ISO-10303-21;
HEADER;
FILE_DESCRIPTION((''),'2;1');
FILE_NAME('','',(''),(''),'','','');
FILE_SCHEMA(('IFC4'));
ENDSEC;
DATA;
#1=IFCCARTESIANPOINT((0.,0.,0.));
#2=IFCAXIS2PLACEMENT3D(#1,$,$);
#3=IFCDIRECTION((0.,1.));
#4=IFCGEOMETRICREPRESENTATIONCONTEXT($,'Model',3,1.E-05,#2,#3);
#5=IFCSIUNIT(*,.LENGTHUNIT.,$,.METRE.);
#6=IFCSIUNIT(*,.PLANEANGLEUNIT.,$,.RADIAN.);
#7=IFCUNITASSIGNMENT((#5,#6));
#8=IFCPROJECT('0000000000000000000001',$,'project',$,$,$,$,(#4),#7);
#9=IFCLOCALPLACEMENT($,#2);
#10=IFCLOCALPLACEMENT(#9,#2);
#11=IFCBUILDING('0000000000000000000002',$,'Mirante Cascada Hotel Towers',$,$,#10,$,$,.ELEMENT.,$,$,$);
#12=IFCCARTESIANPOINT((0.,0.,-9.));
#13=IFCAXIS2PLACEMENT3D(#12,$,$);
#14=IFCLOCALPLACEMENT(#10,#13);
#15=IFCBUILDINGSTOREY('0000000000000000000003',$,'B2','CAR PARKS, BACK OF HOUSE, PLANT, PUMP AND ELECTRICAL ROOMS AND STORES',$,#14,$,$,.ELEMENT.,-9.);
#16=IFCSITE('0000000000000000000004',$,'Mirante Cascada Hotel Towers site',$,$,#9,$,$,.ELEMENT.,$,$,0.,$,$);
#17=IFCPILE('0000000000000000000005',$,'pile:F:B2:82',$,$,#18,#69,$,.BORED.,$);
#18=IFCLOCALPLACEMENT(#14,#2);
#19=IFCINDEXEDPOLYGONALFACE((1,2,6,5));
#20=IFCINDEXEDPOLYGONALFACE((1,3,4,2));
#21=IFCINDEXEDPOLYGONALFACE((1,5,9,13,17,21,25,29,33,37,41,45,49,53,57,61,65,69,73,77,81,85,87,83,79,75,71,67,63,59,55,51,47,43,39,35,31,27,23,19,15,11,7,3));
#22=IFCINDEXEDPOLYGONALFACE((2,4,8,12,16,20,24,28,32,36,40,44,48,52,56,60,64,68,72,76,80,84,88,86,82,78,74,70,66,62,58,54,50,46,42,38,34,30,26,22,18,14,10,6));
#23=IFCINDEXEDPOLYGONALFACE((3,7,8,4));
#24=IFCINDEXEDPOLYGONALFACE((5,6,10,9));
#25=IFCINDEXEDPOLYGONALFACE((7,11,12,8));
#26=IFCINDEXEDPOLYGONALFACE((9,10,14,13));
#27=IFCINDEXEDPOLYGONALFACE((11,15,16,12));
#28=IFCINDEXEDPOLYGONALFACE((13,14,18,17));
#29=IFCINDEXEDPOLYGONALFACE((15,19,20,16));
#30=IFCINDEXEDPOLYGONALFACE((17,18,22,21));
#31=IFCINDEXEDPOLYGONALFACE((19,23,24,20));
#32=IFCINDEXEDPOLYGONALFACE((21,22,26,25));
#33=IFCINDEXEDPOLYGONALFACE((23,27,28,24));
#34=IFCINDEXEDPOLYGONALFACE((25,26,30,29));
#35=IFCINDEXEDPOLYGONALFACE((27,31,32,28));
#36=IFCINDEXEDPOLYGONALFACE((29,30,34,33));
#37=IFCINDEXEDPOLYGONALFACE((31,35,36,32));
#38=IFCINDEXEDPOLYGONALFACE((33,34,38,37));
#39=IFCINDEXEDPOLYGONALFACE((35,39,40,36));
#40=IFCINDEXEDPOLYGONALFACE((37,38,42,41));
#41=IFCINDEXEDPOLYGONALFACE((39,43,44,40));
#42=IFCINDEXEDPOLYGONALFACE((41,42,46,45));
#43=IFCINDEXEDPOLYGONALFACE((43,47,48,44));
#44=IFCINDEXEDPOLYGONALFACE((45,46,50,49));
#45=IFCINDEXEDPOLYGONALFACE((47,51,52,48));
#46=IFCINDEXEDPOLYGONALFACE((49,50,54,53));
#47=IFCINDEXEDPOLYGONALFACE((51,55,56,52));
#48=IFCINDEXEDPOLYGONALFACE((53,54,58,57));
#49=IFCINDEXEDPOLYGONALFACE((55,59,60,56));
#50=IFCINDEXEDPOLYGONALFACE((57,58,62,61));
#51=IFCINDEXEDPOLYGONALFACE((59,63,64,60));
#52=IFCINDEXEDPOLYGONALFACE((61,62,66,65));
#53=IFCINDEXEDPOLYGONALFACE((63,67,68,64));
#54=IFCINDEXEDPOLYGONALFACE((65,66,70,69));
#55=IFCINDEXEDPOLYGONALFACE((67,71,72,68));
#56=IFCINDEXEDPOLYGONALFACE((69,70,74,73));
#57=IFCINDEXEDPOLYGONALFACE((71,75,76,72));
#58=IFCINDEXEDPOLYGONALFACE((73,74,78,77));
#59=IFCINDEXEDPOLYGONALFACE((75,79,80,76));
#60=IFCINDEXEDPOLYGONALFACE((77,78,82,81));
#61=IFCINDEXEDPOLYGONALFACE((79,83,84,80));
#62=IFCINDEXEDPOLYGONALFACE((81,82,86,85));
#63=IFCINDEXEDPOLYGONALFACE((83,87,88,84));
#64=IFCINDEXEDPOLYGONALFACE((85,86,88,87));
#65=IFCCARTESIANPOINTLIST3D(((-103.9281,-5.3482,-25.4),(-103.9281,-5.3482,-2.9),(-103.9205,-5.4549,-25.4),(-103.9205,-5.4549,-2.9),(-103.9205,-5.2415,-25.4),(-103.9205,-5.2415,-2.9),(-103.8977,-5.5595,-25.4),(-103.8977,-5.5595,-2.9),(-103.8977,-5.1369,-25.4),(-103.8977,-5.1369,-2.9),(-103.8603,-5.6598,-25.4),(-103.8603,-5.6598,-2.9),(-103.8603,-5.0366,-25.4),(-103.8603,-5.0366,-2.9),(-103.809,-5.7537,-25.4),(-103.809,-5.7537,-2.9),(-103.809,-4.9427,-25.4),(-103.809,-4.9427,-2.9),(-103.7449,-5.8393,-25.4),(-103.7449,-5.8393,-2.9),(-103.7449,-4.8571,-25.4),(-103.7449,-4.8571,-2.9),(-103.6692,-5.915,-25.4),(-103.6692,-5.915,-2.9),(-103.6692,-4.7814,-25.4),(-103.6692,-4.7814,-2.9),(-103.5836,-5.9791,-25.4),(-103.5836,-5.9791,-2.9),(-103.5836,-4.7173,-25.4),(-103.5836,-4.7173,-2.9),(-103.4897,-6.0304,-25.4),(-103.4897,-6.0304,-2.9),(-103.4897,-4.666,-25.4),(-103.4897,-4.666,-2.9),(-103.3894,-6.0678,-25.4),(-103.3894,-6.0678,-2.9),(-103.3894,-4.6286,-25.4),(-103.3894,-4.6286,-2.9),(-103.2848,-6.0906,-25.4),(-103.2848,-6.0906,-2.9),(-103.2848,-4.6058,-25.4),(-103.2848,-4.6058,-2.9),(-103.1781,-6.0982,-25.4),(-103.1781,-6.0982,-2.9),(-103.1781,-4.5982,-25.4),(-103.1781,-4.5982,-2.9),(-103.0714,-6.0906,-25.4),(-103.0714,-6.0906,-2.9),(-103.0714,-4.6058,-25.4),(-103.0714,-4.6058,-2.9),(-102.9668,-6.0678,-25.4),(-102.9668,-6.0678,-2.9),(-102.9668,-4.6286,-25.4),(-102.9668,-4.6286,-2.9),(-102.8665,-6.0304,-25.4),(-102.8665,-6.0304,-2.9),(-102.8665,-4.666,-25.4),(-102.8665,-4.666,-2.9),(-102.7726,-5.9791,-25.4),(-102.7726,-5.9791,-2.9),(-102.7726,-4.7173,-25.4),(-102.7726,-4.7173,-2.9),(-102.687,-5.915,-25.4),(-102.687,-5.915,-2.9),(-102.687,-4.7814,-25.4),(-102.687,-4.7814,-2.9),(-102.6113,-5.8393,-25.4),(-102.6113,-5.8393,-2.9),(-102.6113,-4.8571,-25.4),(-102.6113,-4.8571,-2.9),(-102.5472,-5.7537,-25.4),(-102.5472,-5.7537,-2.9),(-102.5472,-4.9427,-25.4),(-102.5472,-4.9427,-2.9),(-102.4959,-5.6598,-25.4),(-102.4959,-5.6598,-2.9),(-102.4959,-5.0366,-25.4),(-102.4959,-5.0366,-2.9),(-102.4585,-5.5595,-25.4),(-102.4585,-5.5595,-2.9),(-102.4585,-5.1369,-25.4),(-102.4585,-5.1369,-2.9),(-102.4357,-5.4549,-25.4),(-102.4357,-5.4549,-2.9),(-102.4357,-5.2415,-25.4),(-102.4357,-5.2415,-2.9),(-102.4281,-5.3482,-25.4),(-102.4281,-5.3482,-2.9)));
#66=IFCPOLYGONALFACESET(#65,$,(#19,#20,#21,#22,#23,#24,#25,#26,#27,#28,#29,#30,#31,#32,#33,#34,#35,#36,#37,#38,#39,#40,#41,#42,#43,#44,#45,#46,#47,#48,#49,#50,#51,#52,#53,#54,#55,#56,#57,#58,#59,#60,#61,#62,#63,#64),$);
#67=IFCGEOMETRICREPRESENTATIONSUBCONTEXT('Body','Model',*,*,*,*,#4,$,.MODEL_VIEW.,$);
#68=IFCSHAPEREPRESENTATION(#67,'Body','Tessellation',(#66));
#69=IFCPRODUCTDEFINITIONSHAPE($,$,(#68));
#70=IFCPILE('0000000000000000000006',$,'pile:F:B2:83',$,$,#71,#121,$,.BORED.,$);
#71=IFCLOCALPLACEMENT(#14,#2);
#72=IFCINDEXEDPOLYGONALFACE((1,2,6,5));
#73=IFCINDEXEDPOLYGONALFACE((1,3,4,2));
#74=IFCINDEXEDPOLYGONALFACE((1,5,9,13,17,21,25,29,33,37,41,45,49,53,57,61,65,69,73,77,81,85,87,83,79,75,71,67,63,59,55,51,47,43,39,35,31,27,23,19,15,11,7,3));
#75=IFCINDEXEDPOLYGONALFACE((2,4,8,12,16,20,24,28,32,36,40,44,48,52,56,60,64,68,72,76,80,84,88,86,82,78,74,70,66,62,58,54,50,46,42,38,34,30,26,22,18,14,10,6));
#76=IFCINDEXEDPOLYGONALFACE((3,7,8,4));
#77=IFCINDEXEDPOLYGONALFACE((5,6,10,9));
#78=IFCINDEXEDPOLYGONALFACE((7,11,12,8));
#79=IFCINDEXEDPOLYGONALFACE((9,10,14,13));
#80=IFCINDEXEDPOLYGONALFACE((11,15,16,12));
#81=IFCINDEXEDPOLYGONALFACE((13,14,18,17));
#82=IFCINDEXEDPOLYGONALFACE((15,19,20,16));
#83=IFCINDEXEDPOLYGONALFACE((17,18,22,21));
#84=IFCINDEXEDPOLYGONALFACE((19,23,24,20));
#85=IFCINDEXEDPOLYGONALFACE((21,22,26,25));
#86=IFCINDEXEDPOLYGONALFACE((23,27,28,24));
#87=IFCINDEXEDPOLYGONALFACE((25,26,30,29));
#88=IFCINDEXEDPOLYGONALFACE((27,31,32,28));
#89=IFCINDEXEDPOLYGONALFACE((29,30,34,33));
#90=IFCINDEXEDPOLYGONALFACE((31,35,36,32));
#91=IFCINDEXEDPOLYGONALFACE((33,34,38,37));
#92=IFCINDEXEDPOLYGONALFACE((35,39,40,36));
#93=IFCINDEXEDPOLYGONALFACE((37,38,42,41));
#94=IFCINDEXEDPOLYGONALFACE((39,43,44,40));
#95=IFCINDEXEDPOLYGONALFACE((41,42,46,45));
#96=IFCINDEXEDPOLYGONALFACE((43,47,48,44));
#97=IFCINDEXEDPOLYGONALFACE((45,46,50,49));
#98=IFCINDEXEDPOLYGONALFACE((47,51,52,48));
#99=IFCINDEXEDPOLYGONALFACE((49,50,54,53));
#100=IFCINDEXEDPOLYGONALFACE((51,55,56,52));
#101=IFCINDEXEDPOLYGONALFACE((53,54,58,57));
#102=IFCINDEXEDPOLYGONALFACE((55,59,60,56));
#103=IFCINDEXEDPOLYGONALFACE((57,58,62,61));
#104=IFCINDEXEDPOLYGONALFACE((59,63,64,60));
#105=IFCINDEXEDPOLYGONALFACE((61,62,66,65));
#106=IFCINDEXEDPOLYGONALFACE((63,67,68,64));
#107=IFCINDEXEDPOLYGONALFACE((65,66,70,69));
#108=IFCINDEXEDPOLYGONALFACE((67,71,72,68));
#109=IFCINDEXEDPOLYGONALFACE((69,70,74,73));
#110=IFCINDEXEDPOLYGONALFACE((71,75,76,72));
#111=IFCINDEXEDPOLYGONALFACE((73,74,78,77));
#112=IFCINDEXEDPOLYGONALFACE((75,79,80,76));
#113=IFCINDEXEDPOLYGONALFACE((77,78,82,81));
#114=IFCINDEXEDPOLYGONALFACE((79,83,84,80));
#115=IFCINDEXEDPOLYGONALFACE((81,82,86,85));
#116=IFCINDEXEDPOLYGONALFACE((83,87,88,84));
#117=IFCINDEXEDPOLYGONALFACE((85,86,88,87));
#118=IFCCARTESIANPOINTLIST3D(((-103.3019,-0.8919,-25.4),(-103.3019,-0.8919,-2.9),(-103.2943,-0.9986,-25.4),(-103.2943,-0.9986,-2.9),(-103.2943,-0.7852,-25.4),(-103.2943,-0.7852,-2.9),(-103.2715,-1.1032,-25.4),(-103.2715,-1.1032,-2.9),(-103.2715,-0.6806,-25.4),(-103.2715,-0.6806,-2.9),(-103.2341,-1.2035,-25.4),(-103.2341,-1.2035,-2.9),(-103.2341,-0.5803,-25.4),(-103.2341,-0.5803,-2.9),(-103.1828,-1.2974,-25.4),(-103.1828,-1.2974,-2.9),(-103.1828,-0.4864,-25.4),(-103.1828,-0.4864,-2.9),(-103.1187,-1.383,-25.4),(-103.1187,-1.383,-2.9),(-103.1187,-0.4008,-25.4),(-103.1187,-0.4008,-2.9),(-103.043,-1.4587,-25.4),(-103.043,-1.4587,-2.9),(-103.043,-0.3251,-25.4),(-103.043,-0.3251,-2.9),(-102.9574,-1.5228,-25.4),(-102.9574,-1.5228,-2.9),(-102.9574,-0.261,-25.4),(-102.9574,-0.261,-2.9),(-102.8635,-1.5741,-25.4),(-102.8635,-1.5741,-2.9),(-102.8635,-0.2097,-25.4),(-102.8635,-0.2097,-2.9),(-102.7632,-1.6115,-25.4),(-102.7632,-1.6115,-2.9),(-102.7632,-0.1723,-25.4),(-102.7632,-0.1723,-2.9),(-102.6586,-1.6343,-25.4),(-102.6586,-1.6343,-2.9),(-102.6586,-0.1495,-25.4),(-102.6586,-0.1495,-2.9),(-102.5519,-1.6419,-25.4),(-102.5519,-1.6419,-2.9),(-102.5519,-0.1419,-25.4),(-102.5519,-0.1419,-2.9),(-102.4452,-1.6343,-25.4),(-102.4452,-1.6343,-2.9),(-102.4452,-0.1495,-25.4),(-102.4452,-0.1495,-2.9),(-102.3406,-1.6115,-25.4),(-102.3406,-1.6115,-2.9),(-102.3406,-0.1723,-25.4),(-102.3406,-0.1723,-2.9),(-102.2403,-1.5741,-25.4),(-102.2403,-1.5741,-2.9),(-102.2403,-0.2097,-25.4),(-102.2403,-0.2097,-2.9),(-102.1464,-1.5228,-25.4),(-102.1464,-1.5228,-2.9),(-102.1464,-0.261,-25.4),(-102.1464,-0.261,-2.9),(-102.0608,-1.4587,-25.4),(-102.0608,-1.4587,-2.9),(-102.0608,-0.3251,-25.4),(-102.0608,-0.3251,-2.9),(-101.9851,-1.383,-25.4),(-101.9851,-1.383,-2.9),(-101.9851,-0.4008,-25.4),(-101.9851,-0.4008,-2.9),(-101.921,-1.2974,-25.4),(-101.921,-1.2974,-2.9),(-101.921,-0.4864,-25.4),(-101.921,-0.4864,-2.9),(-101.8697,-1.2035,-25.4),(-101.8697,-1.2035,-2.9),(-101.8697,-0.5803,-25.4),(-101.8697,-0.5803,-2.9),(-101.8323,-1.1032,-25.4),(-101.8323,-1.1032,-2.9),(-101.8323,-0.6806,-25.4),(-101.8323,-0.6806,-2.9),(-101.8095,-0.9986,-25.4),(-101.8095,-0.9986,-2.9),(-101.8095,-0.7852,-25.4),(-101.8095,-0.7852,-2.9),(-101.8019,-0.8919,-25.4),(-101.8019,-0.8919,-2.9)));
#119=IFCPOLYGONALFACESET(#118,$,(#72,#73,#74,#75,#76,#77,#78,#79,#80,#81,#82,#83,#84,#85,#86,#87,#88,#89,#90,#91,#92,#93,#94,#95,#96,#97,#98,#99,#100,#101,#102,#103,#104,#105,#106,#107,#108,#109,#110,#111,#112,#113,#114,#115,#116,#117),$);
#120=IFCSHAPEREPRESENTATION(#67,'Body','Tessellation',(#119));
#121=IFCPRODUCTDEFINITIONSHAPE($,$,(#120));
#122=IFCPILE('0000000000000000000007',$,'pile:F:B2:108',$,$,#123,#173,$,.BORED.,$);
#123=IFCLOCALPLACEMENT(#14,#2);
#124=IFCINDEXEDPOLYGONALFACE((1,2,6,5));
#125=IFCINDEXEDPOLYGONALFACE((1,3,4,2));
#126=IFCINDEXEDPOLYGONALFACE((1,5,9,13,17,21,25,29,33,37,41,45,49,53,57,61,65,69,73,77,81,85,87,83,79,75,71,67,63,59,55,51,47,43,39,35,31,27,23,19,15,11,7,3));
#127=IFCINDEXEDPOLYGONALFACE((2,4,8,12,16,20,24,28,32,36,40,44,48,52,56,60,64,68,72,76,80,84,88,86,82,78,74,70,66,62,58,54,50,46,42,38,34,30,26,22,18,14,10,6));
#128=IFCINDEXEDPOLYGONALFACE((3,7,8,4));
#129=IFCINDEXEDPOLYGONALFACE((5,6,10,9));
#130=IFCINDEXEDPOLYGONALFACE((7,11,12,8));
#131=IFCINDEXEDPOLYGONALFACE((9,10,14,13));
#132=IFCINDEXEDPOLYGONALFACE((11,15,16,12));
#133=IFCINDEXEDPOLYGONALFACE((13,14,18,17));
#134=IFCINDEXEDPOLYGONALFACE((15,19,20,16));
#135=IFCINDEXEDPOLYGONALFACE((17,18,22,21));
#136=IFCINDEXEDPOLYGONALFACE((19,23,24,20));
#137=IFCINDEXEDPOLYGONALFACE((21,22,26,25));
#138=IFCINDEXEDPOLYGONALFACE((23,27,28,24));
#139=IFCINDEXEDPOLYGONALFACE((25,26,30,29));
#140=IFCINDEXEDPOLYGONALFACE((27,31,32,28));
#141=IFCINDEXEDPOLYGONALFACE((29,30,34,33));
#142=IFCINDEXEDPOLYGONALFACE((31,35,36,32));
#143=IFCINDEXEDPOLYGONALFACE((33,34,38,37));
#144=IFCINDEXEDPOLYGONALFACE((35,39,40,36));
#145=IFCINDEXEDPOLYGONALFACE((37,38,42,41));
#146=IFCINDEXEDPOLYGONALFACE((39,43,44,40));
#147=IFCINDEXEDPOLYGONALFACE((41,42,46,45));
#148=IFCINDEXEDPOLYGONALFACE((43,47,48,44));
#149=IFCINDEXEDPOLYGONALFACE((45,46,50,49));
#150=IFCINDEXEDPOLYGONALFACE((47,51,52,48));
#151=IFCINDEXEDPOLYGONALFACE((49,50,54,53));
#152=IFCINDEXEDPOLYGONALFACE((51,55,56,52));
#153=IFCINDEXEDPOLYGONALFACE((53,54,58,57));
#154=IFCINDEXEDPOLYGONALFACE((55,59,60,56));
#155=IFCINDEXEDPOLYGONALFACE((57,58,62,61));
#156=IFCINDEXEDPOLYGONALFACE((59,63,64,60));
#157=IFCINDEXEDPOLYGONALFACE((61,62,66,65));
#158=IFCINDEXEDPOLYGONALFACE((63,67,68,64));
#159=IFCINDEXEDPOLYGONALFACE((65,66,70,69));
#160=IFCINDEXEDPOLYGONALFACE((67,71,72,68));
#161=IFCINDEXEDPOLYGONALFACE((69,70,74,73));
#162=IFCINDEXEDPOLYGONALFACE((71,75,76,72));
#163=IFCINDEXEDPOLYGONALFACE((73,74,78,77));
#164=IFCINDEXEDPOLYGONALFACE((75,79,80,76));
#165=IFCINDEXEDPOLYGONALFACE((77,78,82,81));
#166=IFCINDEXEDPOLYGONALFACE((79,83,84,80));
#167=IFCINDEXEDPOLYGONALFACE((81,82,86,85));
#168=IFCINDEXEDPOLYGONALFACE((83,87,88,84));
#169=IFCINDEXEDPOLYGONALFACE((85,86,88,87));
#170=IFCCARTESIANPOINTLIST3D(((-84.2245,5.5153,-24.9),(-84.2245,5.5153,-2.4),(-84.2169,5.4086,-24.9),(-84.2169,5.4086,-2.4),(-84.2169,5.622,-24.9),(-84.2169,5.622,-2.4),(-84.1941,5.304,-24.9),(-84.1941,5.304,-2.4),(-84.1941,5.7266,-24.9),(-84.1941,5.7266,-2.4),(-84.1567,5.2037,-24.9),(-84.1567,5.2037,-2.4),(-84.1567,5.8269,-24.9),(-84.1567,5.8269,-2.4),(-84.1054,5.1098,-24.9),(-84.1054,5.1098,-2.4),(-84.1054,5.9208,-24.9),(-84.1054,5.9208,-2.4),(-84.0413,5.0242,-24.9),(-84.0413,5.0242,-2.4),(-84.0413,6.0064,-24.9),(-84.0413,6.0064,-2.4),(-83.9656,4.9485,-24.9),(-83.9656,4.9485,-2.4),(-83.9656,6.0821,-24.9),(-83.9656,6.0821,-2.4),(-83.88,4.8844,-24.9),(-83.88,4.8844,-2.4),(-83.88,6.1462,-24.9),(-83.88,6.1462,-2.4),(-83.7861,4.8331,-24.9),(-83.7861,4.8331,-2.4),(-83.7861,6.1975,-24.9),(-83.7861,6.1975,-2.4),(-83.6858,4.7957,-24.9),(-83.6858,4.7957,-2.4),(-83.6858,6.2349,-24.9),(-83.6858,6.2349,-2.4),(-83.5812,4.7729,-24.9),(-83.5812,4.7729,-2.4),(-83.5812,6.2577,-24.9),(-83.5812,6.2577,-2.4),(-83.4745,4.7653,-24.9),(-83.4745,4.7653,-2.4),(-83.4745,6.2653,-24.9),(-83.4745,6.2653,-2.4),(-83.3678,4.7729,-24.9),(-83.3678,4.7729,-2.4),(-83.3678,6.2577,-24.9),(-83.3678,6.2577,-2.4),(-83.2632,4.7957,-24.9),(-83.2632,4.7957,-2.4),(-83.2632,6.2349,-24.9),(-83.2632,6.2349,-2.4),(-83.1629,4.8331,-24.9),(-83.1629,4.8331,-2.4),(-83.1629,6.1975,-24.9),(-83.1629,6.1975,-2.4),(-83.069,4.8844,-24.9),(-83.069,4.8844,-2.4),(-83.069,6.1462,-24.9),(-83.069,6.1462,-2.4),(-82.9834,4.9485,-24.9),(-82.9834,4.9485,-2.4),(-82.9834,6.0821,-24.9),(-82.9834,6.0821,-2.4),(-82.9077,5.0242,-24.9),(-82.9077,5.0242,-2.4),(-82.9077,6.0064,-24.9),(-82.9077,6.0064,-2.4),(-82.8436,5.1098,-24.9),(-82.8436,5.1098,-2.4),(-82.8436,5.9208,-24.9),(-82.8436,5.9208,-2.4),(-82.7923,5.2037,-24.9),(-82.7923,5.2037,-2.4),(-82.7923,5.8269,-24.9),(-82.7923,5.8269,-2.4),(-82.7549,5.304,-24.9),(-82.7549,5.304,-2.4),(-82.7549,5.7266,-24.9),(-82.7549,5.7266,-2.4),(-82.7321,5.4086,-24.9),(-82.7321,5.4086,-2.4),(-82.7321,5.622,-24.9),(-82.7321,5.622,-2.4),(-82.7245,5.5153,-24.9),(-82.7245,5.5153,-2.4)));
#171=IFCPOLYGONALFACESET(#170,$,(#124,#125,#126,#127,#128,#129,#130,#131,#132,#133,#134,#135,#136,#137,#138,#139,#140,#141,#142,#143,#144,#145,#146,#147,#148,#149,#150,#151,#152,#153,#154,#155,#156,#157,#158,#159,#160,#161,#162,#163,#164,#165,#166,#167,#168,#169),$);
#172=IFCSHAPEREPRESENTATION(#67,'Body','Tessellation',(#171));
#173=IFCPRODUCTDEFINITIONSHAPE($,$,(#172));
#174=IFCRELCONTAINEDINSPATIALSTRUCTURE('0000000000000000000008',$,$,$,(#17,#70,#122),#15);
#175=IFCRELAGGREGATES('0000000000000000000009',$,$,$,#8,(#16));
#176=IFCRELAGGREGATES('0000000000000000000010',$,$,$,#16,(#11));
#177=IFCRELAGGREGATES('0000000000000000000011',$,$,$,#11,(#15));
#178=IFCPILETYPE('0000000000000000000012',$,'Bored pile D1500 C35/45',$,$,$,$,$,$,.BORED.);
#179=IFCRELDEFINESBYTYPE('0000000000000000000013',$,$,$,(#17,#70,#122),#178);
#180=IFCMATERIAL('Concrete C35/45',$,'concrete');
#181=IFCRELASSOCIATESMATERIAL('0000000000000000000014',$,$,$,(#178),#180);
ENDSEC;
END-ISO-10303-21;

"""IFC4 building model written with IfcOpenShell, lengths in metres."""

from ifc_helpers import new_model, si_unit, direction, frame, origin, origin_2d, place, context, subcontext, project, spatial, circle, extrude, material, material_profile, profile_set, type_object, element, save


model = new_model("IFC4")

# Units and contexts
model_context = context("Model", 3, precision=1e-05, world=origin(), true_north=direction((0.0, 1.0)))
body_context = subcontext(model_context, "Body", "Model", "MODEL_VIEW")
ifc_project = project(units=[si_unit("LENGTHUNIT", "METRE"), si_unit("PLANEANGLEUNIT", "RADIAN")], contexts=[model_context])

# Site, building, storey
site_placement = place(None, origin())
site = spatial("IfcSite", under=ifc_project, at=site_placement, Name="Mirante Cascada Hotel Towers site", CompositionType="ELEMENT", RefElevation=0.0)
building_placement = place(site_placement, origin())
building = spatial("IfcBuilding", under=site, at=building_placement, Name="Mirante Cascada Hotel Towers", CompositionType="ELEMENT")
storey_placement = place(building_placement, frame((0.0, 0.0, -9.0)))
storey = spatial("IfcBuildingStorey", under=building, at=storey_placement, Name="B2", Description="CAR PARKS, BACK OF HOUSE, PLANT, PUMP AND ELECTRICAL ROOMS AND STORES", CompositionType="ELEMENT", Elevation=-9.0)

# Piles
ifc_material_1 = material(Name="Concrete C35/45", Category="concrete")
ifc_material_profile_1 = material_profile(ifc_material_1, circle(Radius=0.75, at=origin_2d()), Name="RC D1500")
ifc_profile_set_1 = profile_set([ifc_material_profile_1], Name="Concrete C35/45")
pile_type = type_object("IfcPileType", Name="Bored pile D1500 C35/45", PredefinedType="BORED", material=ifc_profile_set_1)
for number, where, z_axis, x_axis, name in (
    (1, (-103.1781, -5.3482, -2.9), (0.0, 0.0, -1.0), (1.0, 0.0, 0.0), "pile:F:B2:82"),
    (2, (-102.5519, -0.8919, -2.9), (0.0, 0.0, -1.0), (1.0, 0.0, 0.0), "pile:F:B2:83"),
    (3, (-83.4745, 5.5153, -2.4), (0.0, 0.0, -1.0), (1.0, 0.0, 0.0), "pile:F:B2:108"),
):
    element("IfcPile", number, at=place(storey_placement, frame(where, z_axis=z_axis, x_axis=x_axis)), inside=storey, type_object=pile_type, Name=name, PredefinedType="BORED", context=body_context, shape_type="SweptSolid", body=[
        extrude(circle(Radius=0.75, at=origin_2d()), origin(), (0.0, 0.0, 1.0), 22.5),
    ])

save(model, "model.ifc")
